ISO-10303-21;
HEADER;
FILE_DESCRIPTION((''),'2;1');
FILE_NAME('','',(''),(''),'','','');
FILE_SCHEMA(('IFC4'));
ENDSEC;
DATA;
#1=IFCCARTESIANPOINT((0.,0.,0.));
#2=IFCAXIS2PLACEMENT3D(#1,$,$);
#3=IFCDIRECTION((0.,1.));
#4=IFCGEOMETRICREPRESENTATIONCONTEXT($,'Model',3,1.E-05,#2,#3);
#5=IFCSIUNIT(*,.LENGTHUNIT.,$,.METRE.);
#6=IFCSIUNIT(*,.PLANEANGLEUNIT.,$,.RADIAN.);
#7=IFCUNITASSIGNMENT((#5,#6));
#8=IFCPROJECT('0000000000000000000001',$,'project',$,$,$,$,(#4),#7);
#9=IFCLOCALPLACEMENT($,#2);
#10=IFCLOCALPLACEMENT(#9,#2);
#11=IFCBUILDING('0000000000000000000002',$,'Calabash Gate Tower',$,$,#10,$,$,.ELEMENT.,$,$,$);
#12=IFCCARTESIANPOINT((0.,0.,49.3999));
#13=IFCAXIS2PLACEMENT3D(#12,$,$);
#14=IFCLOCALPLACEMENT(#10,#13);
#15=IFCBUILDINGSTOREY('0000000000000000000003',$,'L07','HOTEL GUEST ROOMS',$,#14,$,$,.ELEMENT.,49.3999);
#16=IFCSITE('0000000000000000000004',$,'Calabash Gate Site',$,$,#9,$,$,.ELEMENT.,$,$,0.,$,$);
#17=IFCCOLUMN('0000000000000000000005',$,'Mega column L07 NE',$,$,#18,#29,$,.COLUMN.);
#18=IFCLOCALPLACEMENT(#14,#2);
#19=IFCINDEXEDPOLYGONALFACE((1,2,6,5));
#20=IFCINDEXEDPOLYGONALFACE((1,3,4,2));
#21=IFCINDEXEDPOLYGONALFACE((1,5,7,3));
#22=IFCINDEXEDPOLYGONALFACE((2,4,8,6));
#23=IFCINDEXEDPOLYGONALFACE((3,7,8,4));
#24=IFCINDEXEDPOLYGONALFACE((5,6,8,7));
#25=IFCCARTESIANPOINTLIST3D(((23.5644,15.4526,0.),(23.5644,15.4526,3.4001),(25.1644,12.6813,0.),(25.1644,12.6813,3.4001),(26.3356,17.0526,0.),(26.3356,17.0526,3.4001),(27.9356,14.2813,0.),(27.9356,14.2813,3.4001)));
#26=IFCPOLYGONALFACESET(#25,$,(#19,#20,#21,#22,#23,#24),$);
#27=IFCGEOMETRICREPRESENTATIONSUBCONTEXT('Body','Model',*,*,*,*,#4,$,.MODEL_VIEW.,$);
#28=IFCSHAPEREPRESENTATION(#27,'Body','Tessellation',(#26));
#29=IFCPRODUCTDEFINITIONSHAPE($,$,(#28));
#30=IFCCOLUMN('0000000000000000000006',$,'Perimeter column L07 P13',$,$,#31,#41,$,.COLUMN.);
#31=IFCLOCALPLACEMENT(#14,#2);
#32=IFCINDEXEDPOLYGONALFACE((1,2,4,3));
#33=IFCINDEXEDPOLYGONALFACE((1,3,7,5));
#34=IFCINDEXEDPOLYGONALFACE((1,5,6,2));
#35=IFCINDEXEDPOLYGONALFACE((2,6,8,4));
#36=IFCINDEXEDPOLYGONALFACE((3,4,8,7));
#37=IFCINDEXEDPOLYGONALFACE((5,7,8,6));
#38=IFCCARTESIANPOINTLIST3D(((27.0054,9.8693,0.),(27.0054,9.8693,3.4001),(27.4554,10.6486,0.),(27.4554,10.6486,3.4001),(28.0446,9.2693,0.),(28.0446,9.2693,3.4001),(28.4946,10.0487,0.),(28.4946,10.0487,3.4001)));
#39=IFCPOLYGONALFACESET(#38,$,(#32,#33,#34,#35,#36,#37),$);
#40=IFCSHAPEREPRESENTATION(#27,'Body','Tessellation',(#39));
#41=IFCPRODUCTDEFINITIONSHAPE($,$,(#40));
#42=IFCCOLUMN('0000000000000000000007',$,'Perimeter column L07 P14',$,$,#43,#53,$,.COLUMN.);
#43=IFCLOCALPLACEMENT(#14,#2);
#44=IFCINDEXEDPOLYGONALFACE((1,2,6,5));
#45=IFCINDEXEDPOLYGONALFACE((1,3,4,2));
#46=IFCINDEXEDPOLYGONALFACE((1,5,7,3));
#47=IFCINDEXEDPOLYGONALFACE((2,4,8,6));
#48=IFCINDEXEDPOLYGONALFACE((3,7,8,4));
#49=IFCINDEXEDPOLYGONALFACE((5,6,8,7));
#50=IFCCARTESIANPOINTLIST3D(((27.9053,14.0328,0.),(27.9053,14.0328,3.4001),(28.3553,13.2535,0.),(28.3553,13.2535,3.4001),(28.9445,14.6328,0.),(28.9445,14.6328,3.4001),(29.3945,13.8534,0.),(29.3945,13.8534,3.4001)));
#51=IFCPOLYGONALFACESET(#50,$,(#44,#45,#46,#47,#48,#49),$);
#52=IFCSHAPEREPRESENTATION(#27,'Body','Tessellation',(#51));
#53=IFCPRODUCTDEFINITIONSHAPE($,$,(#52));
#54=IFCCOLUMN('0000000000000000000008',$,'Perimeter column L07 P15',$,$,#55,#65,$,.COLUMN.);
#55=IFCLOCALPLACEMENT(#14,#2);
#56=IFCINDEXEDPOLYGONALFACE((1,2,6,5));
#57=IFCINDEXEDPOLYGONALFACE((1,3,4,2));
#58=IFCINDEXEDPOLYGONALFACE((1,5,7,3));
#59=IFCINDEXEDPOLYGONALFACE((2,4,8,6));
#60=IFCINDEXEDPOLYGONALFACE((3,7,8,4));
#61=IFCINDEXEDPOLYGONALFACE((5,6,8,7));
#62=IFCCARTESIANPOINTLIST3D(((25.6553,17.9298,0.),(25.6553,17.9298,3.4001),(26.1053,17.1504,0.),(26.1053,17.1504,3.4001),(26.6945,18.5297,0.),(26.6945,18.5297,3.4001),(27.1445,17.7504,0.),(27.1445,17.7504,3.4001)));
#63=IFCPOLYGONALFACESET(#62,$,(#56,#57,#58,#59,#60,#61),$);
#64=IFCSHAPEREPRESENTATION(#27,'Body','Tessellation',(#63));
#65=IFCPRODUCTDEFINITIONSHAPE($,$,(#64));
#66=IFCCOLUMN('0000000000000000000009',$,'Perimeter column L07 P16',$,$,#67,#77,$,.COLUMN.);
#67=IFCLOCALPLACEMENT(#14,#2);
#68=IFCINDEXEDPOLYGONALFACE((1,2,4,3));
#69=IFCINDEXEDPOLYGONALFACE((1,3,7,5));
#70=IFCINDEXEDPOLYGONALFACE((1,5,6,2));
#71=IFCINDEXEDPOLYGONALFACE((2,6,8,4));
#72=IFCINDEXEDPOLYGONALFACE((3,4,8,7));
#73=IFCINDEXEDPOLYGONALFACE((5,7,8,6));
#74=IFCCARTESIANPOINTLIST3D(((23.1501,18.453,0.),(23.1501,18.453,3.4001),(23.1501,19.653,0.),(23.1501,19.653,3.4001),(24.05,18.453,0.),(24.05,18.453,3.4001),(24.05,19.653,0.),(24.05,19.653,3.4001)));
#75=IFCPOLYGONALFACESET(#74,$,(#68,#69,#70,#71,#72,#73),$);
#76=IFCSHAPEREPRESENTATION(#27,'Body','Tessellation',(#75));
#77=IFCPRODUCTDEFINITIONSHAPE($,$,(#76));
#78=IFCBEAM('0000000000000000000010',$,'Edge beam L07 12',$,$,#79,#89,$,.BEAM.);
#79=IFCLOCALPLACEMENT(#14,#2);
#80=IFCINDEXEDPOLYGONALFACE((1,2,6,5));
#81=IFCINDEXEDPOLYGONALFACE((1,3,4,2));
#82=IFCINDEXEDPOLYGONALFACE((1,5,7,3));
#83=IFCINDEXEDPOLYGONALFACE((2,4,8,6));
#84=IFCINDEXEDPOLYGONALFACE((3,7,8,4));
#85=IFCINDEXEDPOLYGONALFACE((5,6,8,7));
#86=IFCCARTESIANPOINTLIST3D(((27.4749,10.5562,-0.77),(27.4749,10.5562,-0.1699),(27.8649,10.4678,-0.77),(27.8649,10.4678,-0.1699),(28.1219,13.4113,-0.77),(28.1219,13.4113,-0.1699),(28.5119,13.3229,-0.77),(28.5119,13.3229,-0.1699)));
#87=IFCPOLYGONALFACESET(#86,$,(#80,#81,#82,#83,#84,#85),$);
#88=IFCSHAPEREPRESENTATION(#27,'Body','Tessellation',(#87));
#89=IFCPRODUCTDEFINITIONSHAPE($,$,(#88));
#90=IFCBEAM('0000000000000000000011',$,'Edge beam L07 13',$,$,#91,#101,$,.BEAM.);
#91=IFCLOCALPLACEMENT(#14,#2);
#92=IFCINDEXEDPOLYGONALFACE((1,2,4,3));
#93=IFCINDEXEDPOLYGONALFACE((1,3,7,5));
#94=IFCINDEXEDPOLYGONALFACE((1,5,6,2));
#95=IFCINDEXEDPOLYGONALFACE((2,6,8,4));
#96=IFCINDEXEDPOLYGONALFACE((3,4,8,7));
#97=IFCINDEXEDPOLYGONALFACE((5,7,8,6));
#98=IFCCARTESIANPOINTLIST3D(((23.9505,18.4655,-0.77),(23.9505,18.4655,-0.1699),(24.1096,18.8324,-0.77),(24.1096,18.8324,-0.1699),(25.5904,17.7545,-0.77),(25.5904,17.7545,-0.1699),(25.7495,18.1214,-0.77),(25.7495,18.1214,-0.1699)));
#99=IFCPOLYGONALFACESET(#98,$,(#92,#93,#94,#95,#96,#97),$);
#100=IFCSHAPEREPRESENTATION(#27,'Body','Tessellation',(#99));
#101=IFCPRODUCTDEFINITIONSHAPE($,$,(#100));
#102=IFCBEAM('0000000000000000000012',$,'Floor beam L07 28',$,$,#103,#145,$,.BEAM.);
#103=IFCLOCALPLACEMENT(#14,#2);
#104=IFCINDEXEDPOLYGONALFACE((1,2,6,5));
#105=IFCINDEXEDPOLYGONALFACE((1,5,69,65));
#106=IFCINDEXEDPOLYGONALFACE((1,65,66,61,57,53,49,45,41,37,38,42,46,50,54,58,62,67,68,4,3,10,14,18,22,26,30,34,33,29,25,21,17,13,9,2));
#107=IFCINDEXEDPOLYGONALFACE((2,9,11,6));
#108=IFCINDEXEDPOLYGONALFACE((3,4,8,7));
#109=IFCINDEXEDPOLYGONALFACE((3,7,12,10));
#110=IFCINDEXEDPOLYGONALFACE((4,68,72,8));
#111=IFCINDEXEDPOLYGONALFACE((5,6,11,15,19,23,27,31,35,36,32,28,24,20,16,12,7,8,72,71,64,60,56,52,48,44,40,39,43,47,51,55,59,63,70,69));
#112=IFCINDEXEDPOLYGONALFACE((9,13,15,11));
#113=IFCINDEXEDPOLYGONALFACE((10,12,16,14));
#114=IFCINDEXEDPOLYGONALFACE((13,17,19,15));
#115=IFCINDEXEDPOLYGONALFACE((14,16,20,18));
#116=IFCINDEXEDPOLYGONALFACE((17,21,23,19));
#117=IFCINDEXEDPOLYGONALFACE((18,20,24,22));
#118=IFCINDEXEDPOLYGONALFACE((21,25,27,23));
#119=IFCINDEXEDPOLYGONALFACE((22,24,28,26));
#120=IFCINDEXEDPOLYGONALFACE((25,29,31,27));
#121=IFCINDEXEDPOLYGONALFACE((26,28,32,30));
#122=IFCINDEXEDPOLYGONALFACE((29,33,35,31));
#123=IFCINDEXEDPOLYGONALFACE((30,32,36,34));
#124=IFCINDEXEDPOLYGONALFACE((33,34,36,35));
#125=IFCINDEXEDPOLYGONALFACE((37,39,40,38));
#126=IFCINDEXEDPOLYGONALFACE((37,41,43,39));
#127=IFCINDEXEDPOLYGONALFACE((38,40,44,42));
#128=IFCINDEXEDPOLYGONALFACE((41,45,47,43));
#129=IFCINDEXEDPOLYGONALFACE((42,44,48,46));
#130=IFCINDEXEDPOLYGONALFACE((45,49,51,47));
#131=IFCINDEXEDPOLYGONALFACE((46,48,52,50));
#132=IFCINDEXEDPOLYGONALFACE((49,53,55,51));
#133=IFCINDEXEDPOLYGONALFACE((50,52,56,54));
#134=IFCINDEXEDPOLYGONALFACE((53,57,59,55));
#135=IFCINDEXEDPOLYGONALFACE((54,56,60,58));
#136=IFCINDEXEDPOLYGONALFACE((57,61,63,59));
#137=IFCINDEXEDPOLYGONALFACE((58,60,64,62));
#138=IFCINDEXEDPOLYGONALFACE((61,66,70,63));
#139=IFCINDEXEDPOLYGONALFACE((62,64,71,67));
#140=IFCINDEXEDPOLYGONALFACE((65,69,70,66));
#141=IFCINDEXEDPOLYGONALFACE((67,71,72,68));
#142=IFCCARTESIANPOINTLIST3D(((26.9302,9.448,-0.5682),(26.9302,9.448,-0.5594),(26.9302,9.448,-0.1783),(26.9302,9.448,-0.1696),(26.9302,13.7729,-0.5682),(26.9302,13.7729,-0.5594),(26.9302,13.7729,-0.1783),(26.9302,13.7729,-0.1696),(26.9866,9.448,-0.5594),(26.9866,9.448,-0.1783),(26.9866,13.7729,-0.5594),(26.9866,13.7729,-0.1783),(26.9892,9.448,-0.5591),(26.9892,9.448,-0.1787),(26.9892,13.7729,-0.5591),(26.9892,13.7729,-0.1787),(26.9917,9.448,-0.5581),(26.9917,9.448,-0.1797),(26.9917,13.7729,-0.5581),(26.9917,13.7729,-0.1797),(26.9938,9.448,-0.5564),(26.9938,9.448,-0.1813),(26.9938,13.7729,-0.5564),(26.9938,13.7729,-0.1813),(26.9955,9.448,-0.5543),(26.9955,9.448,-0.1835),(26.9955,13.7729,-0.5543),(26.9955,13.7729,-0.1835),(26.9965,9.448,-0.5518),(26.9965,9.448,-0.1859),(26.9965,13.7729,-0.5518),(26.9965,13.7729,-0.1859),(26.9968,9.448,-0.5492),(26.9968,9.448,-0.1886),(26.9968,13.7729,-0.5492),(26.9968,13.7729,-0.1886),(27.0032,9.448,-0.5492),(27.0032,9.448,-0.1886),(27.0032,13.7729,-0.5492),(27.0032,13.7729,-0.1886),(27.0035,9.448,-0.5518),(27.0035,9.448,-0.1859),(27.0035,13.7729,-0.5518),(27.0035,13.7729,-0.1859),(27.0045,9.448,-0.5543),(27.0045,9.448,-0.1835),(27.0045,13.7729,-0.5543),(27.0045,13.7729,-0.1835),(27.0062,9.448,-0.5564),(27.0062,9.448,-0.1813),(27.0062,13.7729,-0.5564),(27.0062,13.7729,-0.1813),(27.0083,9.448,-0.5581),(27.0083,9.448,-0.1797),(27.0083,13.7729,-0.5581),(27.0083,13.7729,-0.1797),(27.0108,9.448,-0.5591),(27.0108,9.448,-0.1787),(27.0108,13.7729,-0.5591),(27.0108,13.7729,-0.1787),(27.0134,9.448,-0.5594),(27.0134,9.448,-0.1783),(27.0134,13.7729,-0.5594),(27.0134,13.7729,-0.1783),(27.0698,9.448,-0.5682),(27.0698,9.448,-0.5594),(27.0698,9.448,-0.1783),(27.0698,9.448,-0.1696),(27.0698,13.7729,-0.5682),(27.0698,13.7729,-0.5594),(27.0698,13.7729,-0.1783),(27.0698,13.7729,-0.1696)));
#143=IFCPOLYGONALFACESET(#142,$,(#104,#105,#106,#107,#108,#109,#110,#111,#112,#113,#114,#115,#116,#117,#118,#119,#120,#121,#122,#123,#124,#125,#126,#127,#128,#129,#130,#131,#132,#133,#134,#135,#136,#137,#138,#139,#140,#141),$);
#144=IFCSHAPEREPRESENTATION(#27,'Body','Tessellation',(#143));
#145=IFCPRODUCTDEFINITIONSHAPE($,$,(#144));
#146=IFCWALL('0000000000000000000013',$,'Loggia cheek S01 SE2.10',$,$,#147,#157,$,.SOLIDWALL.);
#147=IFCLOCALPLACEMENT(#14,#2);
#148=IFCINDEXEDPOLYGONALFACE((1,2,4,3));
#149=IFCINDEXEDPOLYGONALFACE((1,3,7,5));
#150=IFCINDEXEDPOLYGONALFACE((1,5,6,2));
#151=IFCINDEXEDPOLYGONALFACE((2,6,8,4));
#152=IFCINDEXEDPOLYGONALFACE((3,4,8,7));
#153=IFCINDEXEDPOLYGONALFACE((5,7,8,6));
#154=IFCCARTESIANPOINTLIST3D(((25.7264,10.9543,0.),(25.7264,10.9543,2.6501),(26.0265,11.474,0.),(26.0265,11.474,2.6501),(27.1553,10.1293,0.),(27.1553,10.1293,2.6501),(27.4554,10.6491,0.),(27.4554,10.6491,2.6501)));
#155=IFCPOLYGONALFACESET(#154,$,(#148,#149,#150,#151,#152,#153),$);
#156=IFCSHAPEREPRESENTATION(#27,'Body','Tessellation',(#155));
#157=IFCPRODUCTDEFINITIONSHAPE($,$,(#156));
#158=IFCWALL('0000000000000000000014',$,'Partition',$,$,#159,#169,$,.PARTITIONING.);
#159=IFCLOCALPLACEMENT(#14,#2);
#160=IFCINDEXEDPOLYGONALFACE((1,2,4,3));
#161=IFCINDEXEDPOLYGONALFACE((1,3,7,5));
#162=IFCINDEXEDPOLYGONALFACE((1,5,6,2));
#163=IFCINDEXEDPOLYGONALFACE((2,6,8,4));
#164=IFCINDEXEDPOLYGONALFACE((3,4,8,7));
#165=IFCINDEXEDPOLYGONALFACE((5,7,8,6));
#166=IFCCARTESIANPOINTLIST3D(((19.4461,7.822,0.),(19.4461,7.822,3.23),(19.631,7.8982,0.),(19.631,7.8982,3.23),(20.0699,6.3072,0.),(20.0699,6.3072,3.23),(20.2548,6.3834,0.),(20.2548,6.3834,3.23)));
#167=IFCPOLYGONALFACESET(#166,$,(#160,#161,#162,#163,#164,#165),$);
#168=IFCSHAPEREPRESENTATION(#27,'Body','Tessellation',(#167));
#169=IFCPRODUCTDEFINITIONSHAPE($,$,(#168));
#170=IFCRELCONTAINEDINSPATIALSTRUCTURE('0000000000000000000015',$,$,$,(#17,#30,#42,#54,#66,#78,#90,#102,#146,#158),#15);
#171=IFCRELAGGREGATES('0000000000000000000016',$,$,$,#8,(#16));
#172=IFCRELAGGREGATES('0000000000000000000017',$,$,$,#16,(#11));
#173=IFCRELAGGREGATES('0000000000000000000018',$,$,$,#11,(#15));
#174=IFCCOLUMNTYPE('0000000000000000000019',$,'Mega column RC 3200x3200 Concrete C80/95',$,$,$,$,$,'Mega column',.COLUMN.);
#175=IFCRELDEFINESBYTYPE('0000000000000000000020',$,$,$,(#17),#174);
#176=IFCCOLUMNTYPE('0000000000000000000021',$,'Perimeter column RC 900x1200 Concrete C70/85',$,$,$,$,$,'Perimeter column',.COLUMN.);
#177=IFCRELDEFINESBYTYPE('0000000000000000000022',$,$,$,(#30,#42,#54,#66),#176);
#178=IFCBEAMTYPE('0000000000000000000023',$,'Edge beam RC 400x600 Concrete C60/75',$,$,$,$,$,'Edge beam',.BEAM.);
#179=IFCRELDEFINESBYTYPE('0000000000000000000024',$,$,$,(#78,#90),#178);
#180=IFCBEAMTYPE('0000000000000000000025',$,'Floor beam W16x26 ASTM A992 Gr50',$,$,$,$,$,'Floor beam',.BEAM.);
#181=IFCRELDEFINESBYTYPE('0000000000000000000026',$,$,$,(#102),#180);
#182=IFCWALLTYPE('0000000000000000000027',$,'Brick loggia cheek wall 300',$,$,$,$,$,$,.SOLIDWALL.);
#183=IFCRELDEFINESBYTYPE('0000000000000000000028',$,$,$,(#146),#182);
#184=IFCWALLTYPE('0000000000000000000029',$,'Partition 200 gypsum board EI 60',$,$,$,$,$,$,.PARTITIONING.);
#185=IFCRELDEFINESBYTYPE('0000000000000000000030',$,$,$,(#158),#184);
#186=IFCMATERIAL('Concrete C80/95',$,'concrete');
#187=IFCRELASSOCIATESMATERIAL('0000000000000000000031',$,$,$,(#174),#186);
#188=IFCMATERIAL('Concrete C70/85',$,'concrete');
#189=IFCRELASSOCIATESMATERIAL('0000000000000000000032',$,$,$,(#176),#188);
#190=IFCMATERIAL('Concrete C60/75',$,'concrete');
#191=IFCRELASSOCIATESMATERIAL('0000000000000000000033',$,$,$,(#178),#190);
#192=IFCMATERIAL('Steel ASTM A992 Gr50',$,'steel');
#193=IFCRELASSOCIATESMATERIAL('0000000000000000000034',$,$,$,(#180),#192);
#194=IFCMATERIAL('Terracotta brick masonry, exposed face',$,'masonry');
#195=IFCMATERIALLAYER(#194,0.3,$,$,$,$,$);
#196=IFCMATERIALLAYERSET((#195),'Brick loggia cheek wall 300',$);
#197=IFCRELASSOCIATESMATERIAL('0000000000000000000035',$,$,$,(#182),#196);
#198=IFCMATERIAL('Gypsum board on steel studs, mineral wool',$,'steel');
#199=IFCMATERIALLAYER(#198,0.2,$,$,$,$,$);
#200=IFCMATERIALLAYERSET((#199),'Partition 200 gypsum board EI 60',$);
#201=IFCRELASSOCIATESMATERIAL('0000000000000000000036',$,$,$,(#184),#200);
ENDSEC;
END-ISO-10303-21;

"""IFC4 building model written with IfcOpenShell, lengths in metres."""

from ifc_helpers import new_model, si_unit, direction, frame, frame_2d, origin, origin_2d, place, context, subcontext, project, spatial, rectangle, i_section, extrude, material, layer, layer_set, material_profile, profile_set, type_object, element, save


model = new_model("IFC4")

# Units and contexts
model_context = context("Model", 3, precision=1e-05, world=origin(), true_north=direction((0.0, 1.0)))
body_context = subcontext(model_context, "Body", "Model", "MODEL_VIEW")
ifc_project = project(units=[si_unit("LENGTHUNIT", "METRE"), si_unit("PLANEANGLEUNIT", "RADIAN")], contexts=[model_context])

# Site, building, storey
site_placement = place(None, origin())
site = spatial("IfcSite", under=ifc_project, at=site_placement, Name="Calabash Gate Site", CompositionType="ELEMENT", RefElevation=0.0)
building_placement = place(site_placement, origin())
building = spatial("IfcBuilding", under=site, at=building_placement, Name="Calabash Gate Tower", CompositionType="ELEMENT")
storey_placement = place(building_placement, frame((0.0, 0.0, 49.3999)))
storey = spatial("IfcBuildingStorey", under=building, at=storey_placement, Name="L07", Description="HOTEL GUEST ROOMS", CompositionType="ELEMENT", Elevation=49.3999)

# Columns
ifc_material_1 = material(Name="Concrete C80/95", Category="concrete")
ifc_material_profile_1 = material_profile(ifc_material_1, rectangle(XDim=3.2, YDim=3.2, at=origin_2d()))
ifc_profile_set_1 = profile_set([ifc_material_profile_1], Name="Concrete C80/95")
column_type_1 = type_object("IfcColumnType", Name="Mega column RC 3200x3200 Concrete C80/95", ElementType="Mega column", PredefinedType="COLUMN", material=ifc_profile_set_1)
column_placement = place(storey_placement, frame((25.75, 14.8669, 0.0), z_axis=(0.0, 0.0, 1.0), x_axis=(-0.866025, -0.5, 0.0)))
element("IfcColumn", 1, at=column_placement, inside=storey, type_object=column_type_1, Name="Mega column L07 NE", PredefinedType="COLUMN", context=body_context, shape_type="SweptSolid", body=[
    extrude(rectangle(XDim=3.2, YDim=3.2, at=origin_2d()), origin(), (0.0, 0.0, 1.0), 3.4001),
])
ifc_material_2 = material(Name="Concrete C70/85", Category="concrete")
ifc_material_profile_2 = material_profile(ifc_material_2, rectangle(XDim=0.8999, YDim=1.2, at=origin_2d()))
ifc_profile_set_2 = profile_set([ifc_material_profile_2], Name="Concrete C70/85")
column_type_2 = type_object("IfcColumnType", Name="Perimeter column RC 900x1200 Concrete C70/85", ElementType="Perimeter column", PredefinedType="COLUMN", material=ifc_profile_set_2)
for number, where, z_axis, x_axis, name in (
    (2, (27.75, 9.959, 0.0), (0.0, 0.0, 1.0), (0.5, 0.866025, 0.0), "Perimeter column L07 P13"),
    (3, (28.6499, 13.9431, 0.0), (0.0, 0.0, 1.0), (-0.5, 0.866025, 0.0), "Perimeter column L07 P14"),
    (4, (26.3999, 17.8401, 0.0), (0.0, 0.0, 1.0), (-0.5, 0.866025, 0.0), "Perimeter column L07 P15"),
    (5, (23.6001, 19.053, 0.0), (0.0, 0.0, 1.0), (-1.0, 0.0, 0.0), "Perimeter column L07 P16"),
):
    element("IfcColumn", number, at=place(storey_placement, frame(where, z_axis=z_axis, x_axis=x_axis)), inside=storey, type_object=column_type_2, Name=name, PredefinedType="COLUMN", context=body_context, shape_type="SweptSolid", body=[
        extrude(rectangle(XDim=0.8999, YDim=1.2, at=origin_2d()), origin(), (0.0, 0.0, 1.0), 3.4001),
    ])

# Beams
ifc_material_3 = material(Name="Concrete C60/75", Category="concrete")
ifc_material_profile_3 = material_profile(ifc_material_3, rectangle(XDim=0.3999, YDim=0.6001, at=origin_2d()))
ifc_profile_set_3 = profile_set([ifc_material_profile_3], Name="Concrete C60/75")
beam_type_1 = type_object("IfcBeamType", Name="Edge beam RC 400x600 Concrete C60/75", ElementType="Edge beam", PredefinedType="BEAM", material=ifc_profile_set_3)
beam_1_placement = place(storey_placement, frame((27.6699, 10.512, -0.47), z_axis=(0.221008, 0.975272, 0.0), x_axis=(-0.975272, 0.221008, 0.0)))
element("IfcBeam", 6, at=beam_1_placement, inside=storey, type_object=beam_type_1, Name="Edge beam L07 12", PredefinedType="BEAM", context=body_context, shape_type="SweptSolid", body=[
    extrude(rectangle(XDim=0.3999, YDim=0.6001, at=origin_2d()), origin(), (0.0, 0.0, 1.0), 2.9275),
])
beam_2_placement = place(storey_placement, frame((25.6699, 17.938, -0.47), z_axis=(-0.917491, 0.397757, 0.0), x_axis=(-0.397757, -0.917491, 0.0)))
element("IfcBeam", 7, at=beam_2_placement, inside=storey, type_object=beam_type_1, Name="Edge beam L07 13", PredefinedType="BEAM", context=body_context, shape_type="SweptSolid", body=[
    extrude(rectangle(XDim=0.3999, YDim=0.6001, at=origin_2d()), origin(), (0.0, 0.0, 1.0), 1.7874),
])
ifc_material_4 = material(Name="Steel ASTM A992 Gr50", Category="steel")
ifc_material_profile_4 = material_profile(ifc_material_4, i_section(OverallWidth=0.1396, OverallDepth=0.3987, WebThickness=0.0063, FlangeThickness=0.0088, FilletRadius=0.0103, at=origin_2d()))
ifc_profile_set_4 = profile_set([ifc_material_profile_4], Name="Steel ASTM A992 Gr50")
beam_type_2 = type_object("IfcBeamType", Name="Floor beam W16x26 ASTM A992 Gr50", ElementType="Floor beam", PredefinedType="BEAM", material=ifc_profile_set_4)
beam_3_placement = place(storey_placement, frame((27.0, 9.448, -0.3689), z_axis=(0.0, 1.0, 0.0), x_axis=(-1.0, 0.0, 0.0)))
element("IfcBeam", 8, at=beam_3_placement, inside=storey, type_object=beam_type_2, Name="Floor beam L07 28", PredefinedType="BEAM", context=body_context, shape_type="SweptSolid", body=[
    extrude(i_section(OverallWidth=0.1396, OverallDepth=0.3987, WebThickness=0.0063, FlangeThickness=0.0088, FilletRadius=0.0103, at=origin_2d()), origin(), (0.0, 0.0, 1.0), 4.325),
])

# Walls
ifc_material_5 = material(Name="Terracotta brick masonry, exposed face", Category="masonry")
ifc_layer_1 = layer(ifc_material_5, 0.3)
ifc_layer_set_1 = layer_set([ifc_layer_1], Name="Brick loggia cheek wall 300")
wall_type_1 = type_object("IfcWallType", Name="Brick loggia cheek wall 300", PredefinedType="SOLIDWALL", material=ifc_layer_set_1)
wall_1_placement = place(storey_placement, frame((25.8765, 11.2141, 0.0), z_axis=(0.0, 0.0, 1.0), x_axis=(0.86604, -0.499974, 0.0)))
element("IfcWall", 9, at=wall_1_placement, inside=storey, type_object=wall_type_1, Name="Loggia cheek S01 SE2.10", PredefinedType="SOLIDWALL", context=body_context, shape_type="SweptSolid", body=[
    extrude(rectangle(XDim=1.6499, YDim=0.6001, at=frame_2d((0.825, 0.0))), origin(), (0.0, 0.0, 1.0), 2.6501),
])
ifc_material_6 = material(Name="Gypsum board on steel studs, mineral wool", Category="steel")
ifc_layer_2 = layer(ifc_material_6, 0.2)
ifc_layer_set_2 = layer_set([ifc_layer_2], Name="Partition 200 gypsum board EI 60")
wall_type_2 = type_object("IfcWallType", Name="Partition 200 gypsum board EI 60", PredefinedType="PARTITIONING", material=ifc_layer_set_2)
wall_2_placement = place(storey_placement, frame((19.5386, 7.8601, 0.0), z_axis=(0.0, 0.0, 1.0), x_axis=(0.38075, -0.924678, 0.0)))
element("IfcWall", 10, at=wall_2_placement, inside=storey, type_object=wall_type_2, Name="Partition", PredefinedType="PARTITIONING", context=body_context, shape_type="SweptSolid", body=[
    extrude(rectangle(XDim=1.6382, YDim=0.2, at=frame_2d((0.8191, 0.0))), origin(), (0.0, 0.0, 1.0), 3.23),
])

save(model, "model.ifc")
